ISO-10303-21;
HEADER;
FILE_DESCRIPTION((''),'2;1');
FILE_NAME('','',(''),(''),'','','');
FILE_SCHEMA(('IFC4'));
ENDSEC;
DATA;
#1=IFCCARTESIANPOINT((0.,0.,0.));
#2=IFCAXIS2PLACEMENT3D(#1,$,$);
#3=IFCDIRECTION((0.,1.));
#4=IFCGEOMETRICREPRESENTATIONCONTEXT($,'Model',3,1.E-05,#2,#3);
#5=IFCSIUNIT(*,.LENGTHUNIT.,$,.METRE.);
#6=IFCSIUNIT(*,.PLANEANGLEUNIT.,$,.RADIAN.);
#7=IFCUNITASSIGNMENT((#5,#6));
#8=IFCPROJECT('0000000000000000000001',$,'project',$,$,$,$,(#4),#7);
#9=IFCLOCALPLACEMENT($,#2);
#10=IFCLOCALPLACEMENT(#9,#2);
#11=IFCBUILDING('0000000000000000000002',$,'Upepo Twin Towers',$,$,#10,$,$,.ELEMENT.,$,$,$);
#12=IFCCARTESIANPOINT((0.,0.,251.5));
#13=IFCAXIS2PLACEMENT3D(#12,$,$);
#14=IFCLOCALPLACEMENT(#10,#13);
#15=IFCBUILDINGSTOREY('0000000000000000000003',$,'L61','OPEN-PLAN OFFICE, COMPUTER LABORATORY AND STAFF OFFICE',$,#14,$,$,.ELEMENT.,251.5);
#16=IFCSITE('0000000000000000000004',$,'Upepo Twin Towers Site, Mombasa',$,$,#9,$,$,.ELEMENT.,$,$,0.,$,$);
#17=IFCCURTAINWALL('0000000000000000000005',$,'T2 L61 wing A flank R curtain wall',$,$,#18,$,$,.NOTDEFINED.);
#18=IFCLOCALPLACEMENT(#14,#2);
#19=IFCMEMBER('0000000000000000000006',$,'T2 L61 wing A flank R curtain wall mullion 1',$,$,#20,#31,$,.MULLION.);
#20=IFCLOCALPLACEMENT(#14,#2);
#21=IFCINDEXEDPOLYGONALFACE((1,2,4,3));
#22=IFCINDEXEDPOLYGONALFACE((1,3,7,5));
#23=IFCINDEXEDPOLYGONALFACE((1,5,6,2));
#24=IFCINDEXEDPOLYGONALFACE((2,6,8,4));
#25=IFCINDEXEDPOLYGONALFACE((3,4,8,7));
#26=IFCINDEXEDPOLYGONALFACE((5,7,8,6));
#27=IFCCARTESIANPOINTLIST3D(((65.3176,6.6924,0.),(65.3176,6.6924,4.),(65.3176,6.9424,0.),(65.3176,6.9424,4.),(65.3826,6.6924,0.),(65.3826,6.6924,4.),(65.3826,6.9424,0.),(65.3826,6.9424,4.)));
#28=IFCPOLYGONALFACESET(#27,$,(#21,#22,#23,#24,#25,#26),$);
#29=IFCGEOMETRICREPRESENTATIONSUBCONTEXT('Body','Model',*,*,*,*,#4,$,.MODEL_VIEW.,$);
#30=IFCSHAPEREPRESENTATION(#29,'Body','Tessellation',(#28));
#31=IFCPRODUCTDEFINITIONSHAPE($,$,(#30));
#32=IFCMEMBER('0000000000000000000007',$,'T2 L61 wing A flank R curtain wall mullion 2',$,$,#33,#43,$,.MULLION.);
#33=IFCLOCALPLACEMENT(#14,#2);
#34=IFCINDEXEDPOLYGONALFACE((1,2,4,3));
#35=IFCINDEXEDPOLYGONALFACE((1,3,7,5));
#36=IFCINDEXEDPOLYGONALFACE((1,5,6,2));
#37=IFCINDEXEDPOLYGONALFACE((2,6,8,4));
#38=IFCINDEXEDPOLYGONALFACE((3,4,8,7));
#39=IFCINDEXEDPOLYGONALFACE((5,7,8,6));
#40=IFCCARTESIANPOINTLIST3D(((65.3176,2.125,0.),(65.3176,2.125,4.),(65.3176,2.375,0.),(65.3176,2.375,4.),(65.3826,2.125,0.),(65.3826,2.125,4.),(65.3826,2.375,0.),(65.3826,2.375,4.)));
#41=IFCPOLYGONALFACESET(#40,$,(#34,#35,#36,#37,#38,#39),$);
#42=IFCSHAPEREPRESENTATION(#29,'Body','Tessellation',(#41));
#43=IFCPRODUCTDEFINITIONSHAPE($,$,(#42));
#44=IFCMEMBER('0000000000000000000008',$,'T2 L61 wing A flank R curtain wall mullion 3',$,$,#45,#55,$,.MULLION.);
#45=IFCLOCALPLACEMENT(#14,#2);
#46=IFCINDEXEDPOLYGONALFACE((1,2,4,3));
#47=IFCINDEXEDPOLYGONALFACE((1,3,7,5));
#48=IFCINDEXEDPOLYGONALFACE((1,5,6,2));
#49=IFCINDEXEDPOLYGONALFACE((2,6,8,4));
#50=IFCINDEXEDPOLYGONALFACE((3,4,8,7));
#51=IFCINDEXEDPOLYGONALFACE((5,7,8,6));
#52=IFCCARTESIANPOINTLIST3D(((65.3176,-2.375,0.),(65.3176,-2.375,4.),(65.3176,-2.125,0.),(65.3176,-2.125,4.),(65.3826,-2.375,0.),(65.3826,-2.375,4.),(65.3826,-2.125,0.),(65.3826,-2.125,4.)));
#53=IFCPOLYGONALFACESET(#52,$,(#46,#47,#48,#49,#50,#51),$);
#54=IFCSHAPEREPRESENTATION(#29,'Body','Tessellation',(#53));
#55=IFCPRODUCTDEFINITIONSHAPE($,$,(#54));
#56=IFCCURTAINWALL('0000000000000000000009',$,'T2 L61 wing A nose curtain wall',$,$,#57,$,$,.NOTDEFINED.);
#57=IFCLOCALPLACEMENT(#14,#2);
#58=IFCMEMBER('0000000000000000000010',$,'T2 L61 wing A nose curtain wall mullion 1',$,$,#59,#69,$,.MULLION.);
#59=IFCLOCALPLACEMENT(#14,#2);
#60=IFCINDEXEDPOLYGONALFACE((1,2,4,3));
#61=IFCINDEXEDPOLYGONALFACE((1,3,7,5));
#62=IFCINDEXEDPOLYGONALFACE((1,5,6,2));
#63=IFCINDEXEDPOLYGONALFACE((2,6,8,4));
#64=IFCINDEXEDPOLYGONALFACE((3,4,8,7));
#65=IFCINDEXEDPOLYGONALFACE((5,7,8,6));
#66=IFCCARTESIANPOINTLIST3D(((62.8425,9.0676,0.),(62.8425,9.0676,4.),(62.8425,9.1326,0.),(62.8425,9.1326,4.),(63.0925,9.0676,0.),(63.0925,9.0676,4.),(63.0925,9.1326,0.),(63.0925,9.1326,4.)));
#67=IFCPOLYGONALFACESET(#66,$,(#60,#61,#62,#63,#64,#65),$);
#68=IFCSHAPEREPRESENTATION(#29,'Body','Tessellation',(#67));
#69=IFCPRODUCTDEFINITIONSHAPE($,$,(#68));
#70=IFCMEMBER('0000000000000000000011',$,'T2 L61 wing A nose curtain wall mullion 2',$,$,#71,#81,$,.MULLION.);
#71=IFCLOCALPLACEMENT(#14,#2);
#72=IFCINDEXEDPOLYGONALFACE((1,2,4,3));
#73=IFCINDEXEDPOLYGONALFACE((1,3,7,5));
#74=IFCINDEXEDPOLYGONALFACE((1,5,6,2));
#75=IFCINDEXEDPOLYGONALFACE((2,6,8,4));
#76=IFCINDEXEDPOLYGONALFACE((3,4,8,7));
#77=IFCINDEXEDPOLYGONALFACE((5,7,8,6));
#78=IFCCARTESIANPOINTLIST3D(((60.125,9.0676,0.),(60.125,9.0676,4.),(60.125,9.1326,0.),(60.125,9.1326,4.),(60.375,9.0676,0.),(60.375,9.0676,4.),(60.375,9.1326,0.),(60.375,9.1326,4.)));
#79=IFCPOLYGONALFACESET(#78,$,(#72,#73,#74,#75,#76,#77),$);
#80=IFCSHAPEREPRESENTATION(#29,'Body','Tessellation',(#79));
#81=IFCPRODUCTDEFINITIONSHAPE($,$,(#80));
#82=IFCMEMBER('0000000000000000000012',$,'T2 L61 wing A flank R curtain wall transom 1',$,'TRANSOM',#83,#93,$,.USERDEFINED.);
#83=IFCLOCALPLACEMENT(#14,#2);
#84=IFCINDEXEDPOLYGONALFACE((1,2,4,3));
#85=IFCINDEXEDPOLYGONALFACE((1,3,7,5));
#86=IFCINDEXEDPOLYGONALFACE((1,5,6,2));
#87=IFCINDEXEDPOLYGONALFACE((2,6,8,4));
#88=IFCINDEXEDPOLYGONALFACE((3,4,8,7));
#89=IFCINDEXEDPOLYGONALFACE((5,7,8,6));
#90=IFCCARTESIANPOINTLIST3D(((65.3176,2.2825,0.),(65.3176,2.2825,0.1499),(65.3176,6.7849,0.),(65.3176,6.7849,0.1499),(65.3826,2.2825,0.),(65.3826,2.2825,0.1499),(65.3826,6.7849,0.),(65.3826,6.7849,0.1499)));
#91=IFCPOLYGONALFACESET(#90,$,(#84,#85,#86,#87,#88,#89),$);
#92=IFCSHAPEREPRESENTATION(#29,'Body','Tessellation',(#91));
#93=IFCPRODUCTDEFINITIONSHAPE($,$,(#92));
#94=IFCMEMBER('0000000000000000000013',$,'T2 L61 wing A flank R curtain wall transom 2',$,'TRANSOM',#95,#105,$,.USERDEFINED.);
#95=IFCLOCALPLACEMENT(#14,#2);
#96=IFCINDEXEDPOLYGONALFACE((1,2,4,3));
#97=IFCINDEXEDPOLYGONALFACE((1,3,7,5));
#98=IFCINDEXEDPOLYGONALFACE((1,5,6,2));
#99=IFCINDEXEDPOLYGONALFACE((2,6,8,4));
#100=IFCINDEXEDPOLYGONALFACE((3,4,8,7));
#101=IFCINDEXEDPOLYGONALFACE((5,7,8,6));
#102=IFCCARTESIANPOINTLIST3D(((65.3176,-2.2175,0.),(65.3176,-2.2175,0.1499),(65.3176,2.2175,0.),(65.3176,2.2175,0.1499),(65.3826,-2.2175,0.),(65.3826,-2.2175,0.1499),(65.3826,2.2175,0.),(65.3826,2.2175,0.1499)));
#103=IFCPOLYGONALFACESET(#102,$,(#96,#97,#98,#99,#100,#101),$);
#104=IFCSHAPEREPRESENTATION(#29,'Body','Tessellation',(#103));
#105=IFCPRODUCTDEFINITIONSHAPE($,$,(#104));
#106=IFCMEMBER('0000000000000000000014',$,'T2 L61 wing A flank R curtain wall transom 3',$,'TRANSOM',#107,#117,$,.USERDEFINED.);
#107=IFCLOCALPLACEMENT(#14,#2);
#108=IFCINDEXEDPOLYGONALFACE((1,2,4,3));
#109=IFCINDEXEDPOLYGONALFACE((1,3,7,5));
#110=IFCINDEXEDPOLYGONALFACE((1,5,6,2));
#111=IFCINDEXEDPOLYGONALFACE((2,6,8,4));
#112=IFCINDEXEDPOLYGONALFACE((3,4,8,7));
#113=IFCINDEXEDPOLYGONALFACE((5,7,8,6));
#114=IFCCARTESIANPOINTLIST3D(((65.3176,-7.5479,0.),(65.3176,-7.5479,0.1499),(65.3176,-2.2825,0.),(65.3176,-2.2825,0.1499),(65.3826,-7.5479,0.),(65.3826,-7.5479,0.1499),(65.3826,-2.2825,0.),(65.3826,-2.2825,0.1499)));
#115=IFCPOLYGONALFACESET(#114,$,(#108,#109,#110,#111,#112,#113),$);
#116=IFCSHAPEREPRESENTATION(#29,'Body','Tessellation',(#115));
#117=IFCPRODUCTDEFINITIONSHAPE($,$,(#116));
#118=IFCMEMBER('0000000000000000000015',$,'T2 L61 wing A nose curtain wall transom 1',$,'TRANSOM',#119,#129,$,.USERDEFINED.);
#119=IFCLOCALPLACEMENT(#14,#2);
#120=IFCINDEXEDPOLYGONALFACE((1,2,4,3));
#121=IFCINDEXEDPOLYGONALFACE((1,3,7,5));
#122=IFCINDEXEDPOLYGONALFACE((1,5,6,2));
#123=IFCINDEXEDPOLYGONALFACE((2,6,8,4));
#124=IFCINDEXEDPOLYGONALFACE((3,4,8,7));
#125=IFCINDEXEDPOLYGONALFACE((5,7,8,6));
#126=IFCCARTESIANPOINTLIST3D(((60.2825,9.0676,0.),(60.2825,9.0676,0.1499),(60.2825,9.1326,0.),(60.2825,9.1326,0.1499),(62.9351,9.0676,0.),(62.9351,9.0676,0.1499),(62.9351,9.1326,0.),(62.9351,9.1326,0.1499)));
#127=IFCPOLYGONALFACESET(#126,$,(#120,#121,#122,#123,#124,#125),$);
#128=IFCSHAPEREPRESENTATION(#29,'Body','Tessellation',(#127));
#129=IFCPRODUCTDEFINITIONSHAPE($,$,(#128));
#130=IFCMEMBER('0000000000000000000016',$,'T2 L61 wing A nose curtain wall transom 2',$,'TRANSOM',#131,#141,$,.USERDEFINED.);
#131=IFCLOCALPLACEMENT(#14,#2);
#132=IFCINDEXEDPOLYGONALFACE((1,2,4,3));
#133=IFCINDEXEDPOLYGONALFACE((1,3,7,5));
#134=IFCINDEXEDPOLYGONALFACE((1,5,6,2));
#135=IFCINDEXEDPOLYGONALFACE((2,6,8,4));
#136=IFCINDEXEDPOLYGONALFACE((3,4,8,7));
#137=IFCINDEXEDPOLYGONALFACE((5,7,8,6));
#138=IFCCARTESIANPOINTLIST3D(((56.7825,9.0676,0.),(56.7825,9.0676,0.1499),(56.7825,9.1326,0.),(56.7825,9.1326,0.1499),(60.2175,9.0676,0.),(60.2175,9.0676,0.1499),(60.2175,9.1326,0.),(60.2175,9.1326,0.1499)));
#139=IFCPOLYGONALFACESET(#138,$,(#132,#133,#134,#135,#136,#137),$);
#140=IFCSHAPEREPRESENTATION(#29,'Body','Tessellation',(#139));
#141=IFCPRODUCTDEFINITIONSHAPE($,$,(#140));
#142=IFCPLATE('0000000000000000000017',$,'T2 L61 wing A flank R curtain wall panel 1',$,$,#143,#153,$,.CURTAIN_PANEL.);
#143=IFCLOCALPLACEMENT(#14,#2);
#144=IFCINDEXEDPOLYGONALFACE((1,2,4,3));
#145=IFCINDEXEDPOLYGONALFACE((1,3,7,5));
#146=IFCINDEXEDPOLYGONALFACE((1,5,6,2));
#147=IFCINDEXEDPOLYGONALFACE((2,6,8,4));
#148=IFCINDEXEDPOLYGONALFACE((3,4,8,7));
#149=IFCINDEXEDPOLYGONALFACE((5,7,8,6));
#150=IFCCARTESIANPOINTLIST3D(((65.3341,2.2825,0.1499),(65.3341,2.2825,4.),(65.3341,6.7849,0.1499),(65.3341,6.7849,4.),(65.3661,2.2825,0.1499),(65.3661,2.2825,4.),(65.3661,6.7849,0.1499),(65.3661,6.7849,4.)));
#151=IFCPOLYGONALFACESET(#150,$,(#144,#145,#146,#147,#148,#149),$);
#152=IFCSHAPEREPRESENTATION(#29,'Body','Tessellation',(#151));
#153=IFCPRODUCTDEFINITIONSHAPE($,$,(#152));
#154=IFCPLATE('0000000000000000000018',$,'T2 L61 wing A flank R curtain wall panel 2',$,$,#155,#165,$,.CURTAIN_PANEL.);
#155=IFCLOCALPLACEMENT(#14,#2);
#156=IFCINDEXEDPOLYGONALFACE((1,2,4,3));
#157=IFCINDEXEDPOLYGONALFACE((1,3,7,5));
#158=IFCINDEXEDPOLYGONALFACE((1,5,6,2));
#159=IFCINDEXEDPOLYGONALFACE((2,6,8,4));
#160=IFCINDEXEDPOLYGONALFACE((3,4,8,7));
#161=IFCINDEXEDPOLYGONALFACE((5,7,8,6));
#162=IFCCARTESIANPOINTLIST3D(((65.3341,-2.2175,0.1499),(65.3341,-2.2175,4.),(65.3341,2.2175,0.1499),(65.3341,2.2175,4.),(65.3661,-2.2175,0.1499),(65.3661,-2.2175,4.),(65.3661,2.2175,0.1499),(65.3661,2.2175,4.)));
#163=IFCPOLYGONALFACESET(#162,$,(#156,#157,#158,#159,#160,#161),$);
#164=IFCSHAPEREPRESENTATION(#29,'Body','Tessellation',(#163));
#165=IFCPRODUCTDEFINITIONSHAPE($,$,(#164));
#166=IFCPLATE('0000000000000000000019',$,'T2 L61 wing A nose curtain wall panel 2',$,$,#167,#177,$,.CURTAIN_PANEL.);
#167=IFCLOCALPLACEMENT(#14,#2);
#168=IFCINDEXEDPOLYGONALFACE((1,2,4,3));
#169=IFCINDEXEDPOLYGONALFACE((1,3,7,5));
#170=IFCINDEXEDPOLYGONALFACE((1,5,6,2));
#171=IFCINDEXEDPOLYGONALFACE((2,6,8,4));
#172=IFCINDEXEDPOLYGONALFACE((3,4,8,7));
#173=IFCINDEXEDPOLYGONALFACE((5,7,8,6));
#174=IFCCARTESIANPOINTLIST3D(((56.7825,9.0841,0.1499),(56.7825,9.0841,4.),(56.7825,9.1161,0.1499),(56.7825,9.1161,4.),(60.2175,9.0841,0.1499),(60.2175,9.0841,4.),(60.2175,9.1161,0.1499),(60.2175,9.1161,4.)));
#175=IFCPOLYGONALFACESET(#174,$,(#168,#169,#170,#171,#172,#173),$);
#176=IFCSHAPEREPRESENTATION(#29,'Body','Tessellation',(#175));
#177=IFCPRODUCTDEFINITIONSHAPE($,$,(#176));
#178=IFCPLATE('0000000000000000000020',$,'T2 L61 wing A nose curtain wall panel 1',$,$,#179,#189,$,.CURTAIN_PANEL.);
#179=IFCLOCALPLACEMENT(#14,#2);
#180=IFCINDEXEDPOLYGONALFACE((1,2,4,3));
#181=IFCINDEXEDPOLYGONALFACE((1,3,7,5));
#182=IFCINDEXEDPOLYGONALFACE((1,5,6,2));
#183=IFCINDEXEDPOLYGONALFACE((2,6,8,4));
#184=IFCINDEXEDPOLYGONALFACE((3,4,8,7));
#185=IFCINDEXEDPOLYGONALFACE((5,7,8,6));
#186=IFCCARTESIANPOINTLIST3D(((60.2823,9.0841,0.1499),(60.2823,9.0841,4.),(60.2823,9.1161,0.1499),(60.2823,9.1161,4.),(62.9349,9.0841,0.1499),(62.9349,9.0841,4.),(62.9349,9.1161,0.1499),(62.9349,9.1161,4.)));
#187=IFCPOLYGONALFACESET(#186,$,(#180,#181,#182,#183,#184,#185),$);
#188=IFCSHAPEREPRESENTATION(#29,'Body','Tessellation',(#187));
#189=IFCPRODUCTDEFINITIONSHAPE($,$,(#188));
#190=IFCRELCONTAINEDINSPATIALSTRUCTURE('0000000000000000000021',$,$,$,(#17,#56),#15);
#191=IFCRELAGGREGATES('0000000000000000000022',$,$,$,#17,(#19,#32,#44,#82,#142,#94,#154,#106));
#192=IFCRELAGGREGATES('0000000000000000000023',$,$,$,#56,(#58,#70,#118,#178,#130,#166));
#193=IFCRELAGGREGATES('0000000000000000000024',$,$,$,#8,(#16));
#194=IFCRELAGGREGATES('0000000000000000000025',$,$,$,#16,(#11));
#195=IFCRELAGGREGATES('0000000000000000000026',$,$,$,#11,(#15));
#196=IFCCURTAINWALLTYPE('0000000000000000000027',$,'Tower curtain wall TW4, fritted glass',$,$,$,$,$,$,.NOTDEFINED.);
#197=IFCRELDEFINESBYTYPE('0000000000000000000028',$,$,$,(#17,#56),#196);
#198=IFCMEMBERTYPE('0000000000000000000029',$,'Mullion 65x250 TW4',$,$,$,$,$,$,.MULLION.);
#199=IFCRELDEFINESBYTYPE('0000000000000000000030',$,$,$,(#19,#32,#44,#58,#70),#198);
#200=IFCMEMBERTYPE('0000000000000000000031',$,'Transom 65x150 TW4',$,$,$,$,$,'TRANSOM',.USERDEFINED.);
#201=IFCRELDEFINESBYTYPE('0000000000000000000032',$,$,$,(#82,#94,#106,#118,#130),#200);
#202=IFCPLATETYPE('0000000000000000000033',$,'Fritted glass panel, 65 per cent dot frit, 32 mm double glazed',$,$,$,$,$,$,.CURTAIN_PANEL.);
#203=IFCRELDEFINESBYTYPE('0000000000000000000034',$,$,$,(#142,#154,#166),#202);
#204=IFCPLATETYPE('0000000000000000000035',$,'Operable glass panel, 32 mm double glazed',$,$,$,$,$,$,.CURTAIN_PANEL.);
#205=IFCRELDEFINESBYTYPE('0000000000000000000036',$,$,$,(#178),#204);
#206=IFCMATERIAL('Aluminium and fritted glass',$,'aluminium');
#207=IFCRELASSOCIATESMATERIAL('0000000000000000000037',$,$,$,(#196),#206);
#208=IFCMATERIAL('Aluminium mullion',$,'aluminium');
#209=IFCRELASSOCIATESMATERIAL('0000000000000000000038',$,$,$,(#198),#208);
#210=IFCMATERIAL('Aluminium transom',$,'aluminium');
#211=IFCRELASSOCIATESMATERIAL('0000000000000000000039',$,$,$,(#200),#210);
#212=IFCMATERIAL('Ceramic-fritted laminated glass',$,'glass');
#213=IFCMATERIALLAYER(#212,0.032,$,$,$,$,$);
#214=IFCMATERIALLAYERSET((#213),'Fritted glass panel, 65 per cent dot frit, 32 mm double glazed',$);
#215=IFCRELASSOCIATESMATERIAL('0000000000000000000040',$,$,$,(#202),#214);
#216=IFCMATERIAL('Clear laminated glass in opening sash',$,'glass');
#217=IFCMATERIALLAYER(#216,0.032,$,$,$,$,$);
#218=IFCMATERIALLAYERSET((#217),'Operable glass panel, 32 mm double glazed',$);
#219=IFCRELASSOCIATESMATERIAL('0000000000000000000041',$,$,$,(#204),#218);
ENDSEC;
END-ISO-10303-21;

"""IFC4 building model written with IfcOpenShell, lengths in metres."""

from ifc_helpers import new_model, si_unit, direction, frame, origin, origin_2d, place, context, subcontext, project, spatial, rectangle, extrude, material, layer, layer_set, material_profile, profile_set, type_object, element, aggregate, save


model = new_model("IFC4")

# Units and contexts
model_context = context("Model", 3, precision=1e-05, world=origin(), true_north=direction((0.0, 1.0)))
body_context = subcontext(model_context, "Body", "Model", "MODEL_VIEW")
ifc_project = project(units=[si_unit("LENGTHUNIT", "METRE"), si_unit("PLANEANGLEUNIT", "RADIAN")], contexts=[model_context])

# Site, building, storey
site_placement = place(None, origin())
site = spatial("IfcSite", under=ifc_project, at=site_placement, Name="Upepo Twin Towers Site, Mombasa", CompositionType="ELEMENT", RefElevation=0.0)
building_placement = place(site_placement, origin())
building = spatial("IfcBuilding", under=site, at=building_placement, Name="Upepo Twin Towers", CompositionType="ELEMENT")
storey_placement = place(building_placement, frame((0.0, 0.0, 251.5)))
storey = spatial("IfcBuildingStorey", under=building, at=storey_placement, Name="L61", Description="OPEN-PLAN OFFICE, COMPUTER LABORATORY AND STAFF OFFICE", CompositionType="ELEMENT", Elevation=251.5)

# Curtain walls, members
ifc_material_1 = material(Name="Aluminium and fritted glass", Category="aluminium")
curtain_wall_type = type_object("IfcCurtainWallType", Name="Tower curtain wall TW4, fritted glass", PredefinedType="NOTDEFINED", material=ifc_material_1)
curtain_wall_1_placement = place(storey_placement, origin())
curtain_wall_1 = element("IfcCurtainWall", 1, at=curtain_wall_1_placement, inside=storey, type_object=curtain_wall_type, Name="T2 L61 wing A flank R curtain wall", PredefinedType="NOTDEFINED")
ifc_material_2 = material(Name="Aluminium mullion", Category="aluminium")
ifc_material_profile_1 = material_profile(ifc_material_2, rectangle(XDim=0.0649, YDim=0.25, at=origin_2d()), Name="MULLION 65x250")
ifc_profile_set_1 = profile_set([ifc_material_profile_1], Name="Aluminium mullion")
member_type_1 = type_object("IfcMemberType", Name="Mullion 65x250 TW4", PredefinedType="MULLION", material=ifc_profile_set_1)
member_1_placement = place(storey_placement, frame((65.3501, 6.8174, 0.0), z_axis=(0.0, 0.0, 1.0), x_axis=(1.0, 0.0, 0.0)))
member_1 = element("IfcMember", 2, at=member_1_placement, type_object=member_type_1, Name="T2 L61 wing A flank R curtain wall mullion 1", PredefinedType="MULLION", context=body_context, shape_type="SweptSolid", body=[
    extrude(rectangle(XDim=0.0649, YDim=0.25, at=origin_2d()), origin(), (0.0, 0.0, 1.0), 4.0),
])
member_2_placement = place(storey_placement, frame((65.3501, 2.25, 0.0), z_axis=(0.0, 0.0, 1.0), x_axis=(1.0, 0.0, 0.0)))
member_2 = element("IfcMember", 3, at=member_2_placement, type_object=member_type_1, Name="T2 L61 wing A flank R curtain wall mullion 2", PredefinedType="MULLION", context=body_context, shape_type="SweptSolid", body=[
    extrude(rectangle(XDim=0.0649, YDim=0.25, at=origin_2d()), origin(), (0.0, 0.0, 1.0), 4.0),
])
member_3_placement = place(storey_placement, frame((65.3501, -2.25, 0.0), z_axis=(0.0, 0.0, 1.0), x_axis=(1.0, 0.0, 0.0)))
member_3 = element("IfcMember", 4, at=member_3_placement, type_object=member_type_1, Name="T2 L61 wing A flank R curtain wall mullion 3", PredefinedType="MULLION", context=body_context, shape_type="SweptSolid", body=[
    extrude(rectangle(XDim=0.0649, YDim=0.25, at=origin_2d()), origin(), (0.0, 0.0, 1.0), 4.0),
])
curtain_wall_2_placement = place(storey_placement, origin())
curtain_wall_2 = element("IfcCurtainWall", 5, at=curtain_wall_2_placement, inside=storey, type_object=curtain_wall_type, Name="T2 L61 wing A nose curtain wall", PredefinedType="NOTDEFINED")
member_4_placement = place(storey_placement, frame((62.9675, 9.1001, 0.0), z_axis=(0.0, 0.0, 1.0), x_axis=(0.0, -1.0, 0.0)))
member_4 = element("IfcMember", 6, at=member_4_placement, type_object=member_type_1, Name="T2 L61 wing A nose curtain wall mullion 1", PredefinedType="MULLION", context=body_context, shape_type="SweptSolid", body=[
    extrude(rectangle(XDim=0.0649, YDim=0.25, at=origin_2d()), origin(), (0.0, 0.0, 1.0), 4.0),
])
member_5_placement = place(storey_placement, frame((60.25, 9.1001, 0.0), z_axis=(0.0, 0.0, 1.0), x_axis=(0.0, -1.0, 0.0)))
member_5 = element("IfcMember", 7, at=member_5_placement, type_object=member_type_1, Name="T2 L61 wing A nose curtain wall mullion 2", PredefinedType="MULLION", context=body_context, shape_type="SweptSolid", body=[
    extrude(rectangle(XDim=0.0649, YDim=0.25, at=origin_2d()), origin(), (0.0, 0.0, 1.0), 4.0),
])

# Members
ifc_material_3 = material(Name="Aluminium transom", Category="aluminium")
ifc_material_profile_2 = material_profile(ifc_material_3, rectangle(XDim=0.0649, YDim=0.1499, at=origin_2d()), Name="TRANSOM 65x150")
ifc_profile_set_2 = profile_set([ifc_material_profile_2], Name="Aluminium transom")
member_type_2 = type_object("IfcMemberType", Name="Transom 65x150 TW4", ElementType="TRANSOM", PredefinedType="USERDEFINED", material=ifc_profile_set_2)
member_6_placement = place(storey_placement, frame((65.3501, 6.7849, 0.075), z_axis=(0.0, -1.0, 0.0), x_axis=(1.0, 0.0, 0.0)))
member_6 = element("IfcMember", 8, at=member_6_placement, type_object=member_type_2, Name="T2 L61 wing A flank R curtain wall transom 1", ObjectType="TRANSOM", PredefinedType="USERDEFINED", context=body_context, shape_type="SweptSolid", body=[
    extrude(rectangle(XDim=0.0649, YDim=0.1499, at=origin_2d()), origin(), (0.0, 0.0, 1.0), 4.5024),
])
member_7_placement = place(storey_placement, frame((65.3501, 2.2175, 0.075), z_axis=(0.0, -1.0, 0.0), x_axis=(1.0, 0.0, 0.0)))
member_7 = element("IfcMember", 9, at=member_7_placement, type_object=member_type_2, Name="T2 L61 wing A flank R curtain wall transom 2", ObjectType="TRANSOM", PredefinedType="USERDEFINED", context=body_context, shape_type="SweptSolid", body=[
    extrude(rectangle(XDim=0.0649, YDim=0.1499, at=origin_2d()), origin(), (0.0, 0.0, 1.0), 4.4351),
])
member_8_placement = place(storey_placement, frame((65.3501, -2.2825, 0.075), z_axis=(0.0, -1.0, 0.0), x_axis=(1.0, 0.0, 0.0)))
member_8 = element("IfcMember", 10, at=member_8_placement, type_object=member_type_2, Name="T2 L61 wing A flank R curtain wall transom 3", ObjectType="TRANSOM", PredefinedType="USERDEFINED", context=body_context, shape_type="SweptSolid", body=[
    extrude(rectangle(XDim=0.0649, YDim=0.1499, at=origin_2d()), origin(), (0.0, 0.0, 1.0), 5.2654),
])
member_9_placement = place(storey_placement, frame((62.9351, 9.1001, 0.075), z_axis=(-1.0, 0.0, 0.0), x_axis=(0.0, -1.0, 0.0)))
member_9 = element("IfcMember", 11, at=member_9_placement, type_object=member_type_2, Name="T2 L61 wing A nose curtain wall transom 1", ObjectType="TRANSOM", PredefinedType="USERDEFINED", context=body_context, shape_type="SweptSolid", body=[
    extrude(rectangle(XDim=0.0649, YDim=0.1499, at=origin_2d()), origin(), (0.0, 0.0, 1.0), 2.6526),
])
member_10_placement = place(storey_placement, frame((60.2175, 9.1001, 0.075), z_axis=(-1.0, 0.0, 0.0), x_axis=(0.0, -1.0, 0.0)))
member_10 = element("IfcMember", 12, at=member_10_placement, type_object=member_type_2, Name="T2 L61 wing A nose curtain wall transom 2", ObjectType="TRANSOM", PredefinedType="USERDEFINED", context=body_context, shape_type="SweptSolid", body=[
    extrude(rectangle(XDim=0.0649, YDim=0.1499, at=origin_2d()), origin(), (0.0, 0.0, 1.0), 3.4351),
])

# Plates
ifc_material_4 = material(Name="Ceramic-fritted laminated glass", Category="glass")
ifc_layer_1 = layer(ifc_material_4, 0.032)
ifc_layer_set_1 = layer_set([ifc_layer_1], Name="Fritted glass panel, 65 per cent dot frit, 32 mm double glazed")
plate_type_1 = type_object("IfcPlateType", Name="Fritted glass panel, 65 per cent dot frit, 32 mm double glazed", PredefinedType="CURTAIN_PANEL", material=ifc_layer_set_1)
plate_1_placement = place(storey_placement, frame((65.3501, 4.5337, 0.1499), z_axis=(0.0, 0.0, 1.0), x_axis=(0.0, -1.0, 0.0)))
plate_1 = element("IfcPlate", 13, at=plate_1_placement, type_object=plate_type_1, Name="T2 L61 wing A flank R curtain wall panel 1", PredefinedType="CURTAIN_PANEL", context=body_context, shape_type="SweptSolid", body=[
    extrude(rectangle(XDim=4.5024, YDim=0.032, at=origin_2d()), origin(), (0.0, 0.0, 1.0), 3.8501),
])
plate_2_placement = place(storey_placement, frame((65.3501, 0.0, 0.1499), z_axis=(0.0, 0.0, 1.0), x_axis=(0.0, -1.0, 0.0)))
plate_2 = element("IfcPlate", 14, at=plate_2_placement, type_object=plate_type_1, Name="T2 L61 wing A flank R curtain wall panel 2", PredefinedType="CURTAIN_PANEL", context=body_context, shape_type="SweptSolid", body=[
    extrude(rectangle(XDim=4.4351, YDim=0.032, at=origin_2d()), origin(), (0.0, 0.0, 1.0), 3.8501),
])
aggregate(curtain_wall_1, [member_1, member_2, member_3, member_6, plate_1, member_7, plate_2, member_8])
plate_3_placement = place(storey_placement, frame((58.5, 9.1001, 0.1499), z_axis=(0.0, 0.0, 1.0), x_axis=(-1.0, 0.0, 0.0)))
plate_3 = element("IfcPlate", 15, at=plate_3_placement, type_object=plate_type_1, Name="T2 L61 wing A nose curtain wall panel 2", PredefinedType="CURTAIN_PANEL", context=body_context, shape_type="SweptSolid", body=[
    extrude(rectangle(XDim=3.4351, YDim=0.032, at=origin_2d()), origin(), (0.0, 0.0, 1.0), 3.8501),
])
ifc_material_5 = material(Name="Clear laminated glass in opening sash", Category="glass")
ifc_layer_2 = layer(ifc_material_5, 0.032)
ifc_layer_set_2 = layer_set([ifc_layer_2], Name="Operable glass panel, 32 mm double glazed")
plate_type_2 = type_object("IfcPlateType", Name="Operable glass panel, 32 mm double glazed", PredefinedType="CURTAIN_PANEL", material=ifc_layer_set_2)
plate_4_placement = place(storey_placement, frame((61.6086, 9.1001, 0.1499), z_axis=(0.0, 0.0, 1.0), x_axis=(-1.0, 0.0, 0.0)))
plate_4 = element("IfcPlate", 16, at=plate_4_placement, type_object=plate_type_2, Name="T2 L61 wing A nose curtain wall panel 1", PredefinedType="CURTAIN_PANEL", context=body_context, shape_type="SweptSolid", body=[
    extrude(rectangle(XDim=2.6526, YDim=0.032, at=origin_2d()), origin(), (0.0, 0.0, 1.0), 3.8501),
])
aggregate(curtain_wall_2, [member_4, member_5, member_9, plate_4, member_10, plate_3])

save(model, "model.ifc")
